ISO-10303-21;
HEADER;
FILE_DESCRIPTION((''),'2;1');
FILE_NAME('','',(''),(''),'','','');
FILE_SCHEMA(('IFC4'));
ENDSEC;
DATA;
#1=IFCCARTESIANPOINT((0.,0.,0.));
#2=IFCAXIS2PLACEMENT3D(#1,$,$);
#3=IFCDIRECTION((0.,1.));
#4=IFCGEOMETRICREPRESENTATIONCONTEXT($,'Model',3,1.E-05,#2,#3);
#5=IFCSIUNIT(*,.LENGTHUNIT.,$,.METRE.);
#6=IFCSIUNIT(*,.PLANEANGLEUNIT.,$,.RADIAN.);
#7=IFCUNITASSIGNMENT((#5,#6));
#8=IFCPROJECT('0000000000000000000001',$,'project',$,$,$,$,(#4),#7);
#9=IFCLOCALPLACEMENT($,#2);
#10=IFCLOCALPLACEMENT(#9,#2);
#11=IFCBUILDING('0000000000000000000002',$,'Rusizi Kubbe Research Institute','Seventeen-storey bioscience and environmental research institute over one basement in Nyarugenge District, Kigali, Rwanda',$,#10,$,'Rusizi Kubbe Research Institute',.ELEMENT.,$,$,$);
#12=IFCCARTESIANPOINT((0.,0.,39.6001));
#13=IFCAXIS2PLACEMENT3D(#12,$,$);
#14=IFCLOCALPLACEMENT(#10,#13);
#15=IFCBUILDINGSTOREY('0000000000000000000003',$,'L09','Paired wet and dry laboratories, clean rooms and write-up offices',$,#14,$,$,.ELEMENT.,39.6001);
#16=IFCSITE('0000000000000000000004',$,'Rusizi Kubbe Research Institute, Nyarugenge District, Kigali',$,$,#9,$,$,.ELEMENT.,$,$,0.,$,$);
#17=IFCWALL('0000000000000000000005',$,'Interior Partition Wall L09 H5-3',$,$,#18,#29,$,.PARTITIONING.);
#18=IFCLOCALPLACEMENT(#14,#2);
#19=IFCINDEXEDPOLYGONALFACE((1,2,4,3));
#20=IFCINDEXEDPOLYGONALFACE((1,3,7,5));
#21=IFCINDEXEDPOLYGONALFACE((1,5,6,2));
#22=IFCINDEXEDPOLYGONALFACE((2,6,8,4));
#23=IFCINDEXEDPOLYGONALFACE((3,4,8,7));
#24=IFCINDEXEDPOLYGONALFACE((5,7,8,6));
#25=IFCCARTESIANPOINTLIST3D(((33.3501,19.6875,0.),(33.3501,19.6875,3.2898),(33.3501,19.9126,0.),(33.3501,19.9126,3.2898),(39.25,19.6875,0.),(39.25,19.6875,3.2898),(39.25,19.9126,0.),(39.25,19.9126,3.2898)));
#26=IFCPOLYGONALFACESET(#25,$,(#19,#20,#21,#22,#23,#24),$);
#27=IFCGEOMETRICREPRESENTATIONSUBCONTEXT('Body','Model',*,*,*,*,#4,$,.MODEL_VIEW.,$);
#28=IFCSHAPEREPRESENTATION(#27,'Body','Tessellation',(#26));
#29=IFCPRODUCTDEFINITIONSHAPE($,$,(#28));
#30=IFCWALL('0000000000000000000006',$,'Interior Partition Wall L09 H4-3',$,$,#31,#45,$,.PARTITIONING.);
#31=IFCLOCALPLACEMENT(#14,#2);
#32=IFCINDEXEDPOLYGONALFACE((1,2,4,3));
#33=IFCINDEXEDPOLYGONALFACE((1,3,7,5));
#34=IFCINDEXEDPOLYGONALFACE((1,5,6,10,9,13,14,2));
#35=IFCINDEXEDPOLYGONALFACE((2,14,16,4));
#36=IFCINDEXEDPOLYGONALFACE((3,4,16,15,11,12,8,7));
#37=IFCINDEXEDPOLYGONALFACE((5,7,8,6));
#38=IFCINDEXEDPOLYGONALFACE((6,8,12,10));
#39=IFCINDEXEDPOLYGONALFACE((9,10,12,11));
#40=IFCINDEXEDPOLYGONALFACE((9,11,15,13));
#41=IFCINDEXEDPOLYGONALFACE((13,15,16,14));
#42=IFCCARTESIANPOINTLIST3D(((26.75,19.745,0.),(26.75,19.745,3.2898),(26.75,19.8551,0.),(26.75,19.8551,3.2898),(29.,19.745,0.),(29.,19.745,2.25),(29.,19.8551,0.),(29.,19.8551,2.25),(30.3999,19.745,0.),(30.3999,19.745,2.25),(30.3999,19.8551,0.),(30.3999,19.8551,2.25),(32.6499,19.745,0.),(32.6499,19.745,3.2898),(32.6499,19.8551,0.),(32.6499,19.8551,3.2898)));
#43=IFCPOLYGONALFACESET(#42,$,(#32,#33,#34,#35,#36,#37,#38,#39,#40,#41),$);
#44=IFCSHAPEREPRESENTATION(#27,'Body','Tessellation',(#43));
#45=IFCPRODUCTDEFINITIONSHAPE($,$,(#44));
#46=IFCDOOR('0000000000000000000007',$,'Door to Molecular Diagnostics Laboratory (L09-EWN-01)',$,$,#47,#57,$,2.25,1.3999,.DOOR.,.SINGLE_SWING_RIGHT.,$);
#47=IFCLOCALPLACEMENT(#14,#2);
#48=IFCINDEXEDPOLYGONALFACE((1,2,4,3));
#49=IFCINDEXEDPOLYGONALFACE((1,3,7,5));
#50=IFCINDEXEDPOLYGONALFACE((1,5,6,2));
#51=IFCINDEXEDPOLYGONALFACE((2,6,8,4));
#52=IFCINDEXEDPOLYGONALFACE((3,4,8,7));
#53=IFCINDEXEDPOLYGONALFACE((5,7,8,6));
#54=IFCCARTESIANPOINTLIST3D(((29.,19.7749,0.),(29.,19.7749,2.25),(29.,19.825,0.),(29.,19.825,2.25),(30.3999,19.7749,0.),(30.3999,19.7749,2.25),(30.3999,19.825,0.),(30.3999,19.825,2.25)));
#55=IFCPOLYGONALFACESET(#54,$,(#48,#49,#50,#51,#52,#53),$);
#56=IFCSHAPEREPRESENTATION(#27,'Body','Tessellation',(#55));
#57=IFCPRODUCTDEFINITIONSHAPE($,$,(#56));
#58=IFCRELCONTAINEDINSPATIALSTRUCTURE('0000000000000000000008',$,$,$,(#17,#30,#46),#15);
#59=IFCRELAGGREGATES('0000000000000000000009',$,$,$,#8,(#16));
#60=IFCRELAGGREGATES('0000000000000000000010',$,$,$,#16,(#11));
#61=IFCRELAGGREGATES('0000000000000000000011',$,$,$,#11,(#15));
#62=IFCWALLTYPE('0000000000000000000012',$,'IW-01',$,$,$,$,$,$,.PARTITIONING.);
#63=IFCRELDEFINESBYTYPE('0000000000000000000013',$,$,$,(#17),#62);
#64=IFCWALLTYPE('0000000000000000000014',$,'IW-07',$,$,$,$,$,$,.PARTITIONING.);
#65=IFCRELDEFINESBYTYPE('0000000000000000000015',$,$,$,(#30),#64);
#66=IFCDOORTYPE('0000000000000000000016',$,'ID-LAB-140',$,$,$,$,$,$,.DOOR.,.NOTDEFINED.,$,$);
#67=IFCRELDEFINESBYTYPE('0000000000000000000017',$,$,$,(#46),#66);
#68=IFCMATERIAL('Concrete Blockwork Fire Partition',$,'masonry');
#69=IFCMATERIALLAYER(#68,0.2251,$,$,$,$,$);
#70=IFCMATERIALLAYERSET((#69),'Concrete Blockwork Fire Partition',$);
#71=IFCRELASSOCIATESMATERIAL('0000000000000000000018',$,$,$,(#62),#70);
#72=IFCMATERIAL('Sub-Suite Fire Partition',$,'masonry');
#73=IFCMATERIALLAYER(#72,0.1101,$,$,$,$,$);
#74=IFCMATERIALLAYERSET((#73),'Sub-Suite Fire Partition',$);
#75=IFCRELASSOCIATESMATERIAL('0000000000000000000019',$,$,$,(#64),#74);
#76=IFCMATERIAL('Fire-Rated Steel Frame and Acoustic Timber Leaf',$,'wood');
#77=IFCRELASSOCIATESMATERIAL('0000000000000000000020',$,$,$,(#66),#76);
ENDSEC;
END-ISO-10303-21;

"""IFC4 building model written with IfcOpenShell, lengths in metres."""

from ifc_helpers import new_model, si_unit, direction, frame, frame_2d, origin, place, context, subcontext, project, spatial, rectangle, extrude, material, layer, layer_set, type_object, element, fill, save


model = new_model("IFC4")

# Units and contexts
model_context = context("Model", 3, precision=1e-05, world=origin(), true_north=direction((0.0, 1.0)))
body_context = subcontext(model_context, "Body", "Model", "MODEL_VIEW")
ifc_project = project(units=[si_unit("LENGTHUNIT", "METRE"), si_unit("PLANEANGLEUNIT", "RADIAN")], contexts=[model_context])

# Site, building, storey
site_placement = place(None, origin())
site = spatial("IfcSite", under=ifc_project, at=site_placement, Name="Rusizi Kubbe Research Institute, Nyarugenge District, Kigali", CompositionType="ELEMENT", RefElevation=0.0)
building_placement = place(site_placement, origin())
building = spatial("IfcBuilding", under=site, at=building_placement, Name="Rusizi Kubbe Research Institute", Description="Seventeen-storey bioscience and environmental research institute over one basement in Nyarugenge District, Kigali, Rwanda", LongName="Rusizi Kubbe Research Institute", CompositionType="ELEMENT")
storey_placement = place(building_placement, frame((0.0, 0.0, 39.6001)))
storey = spatial("IfcBuildingStorey", under=building, at=storey_placement, Name="L09", Description="Paired wet and dry laboratories, clean rooms and write-up offices", CompositionType="ELEMENT", Elevation=39.6001)

# Wall
ifc_material_1 = material(Name="Concrete Blockwork Fire Partition", Category="masonry")
ifc_layer_1 = layer(ifc_material_1, 0.2251)
ifc_layer_set_1 = layer_set([ifc_layer_1], Name="Concrete Blockwork Fire Partition")
wall_type_1 = type_object("IfcWallType", Name="IW-01", PredefinedType="PARTITIONING", material=ifc_layer_set_1)
wall_1_placement = place(storey_placement, frame((33.3501, 19.8, 0.0), z_axis=(0.0, 0.0, 1.0), x_axis=(1.0, 0.0, 0.0)))
element("IfcWall", 1, at=wall_1_placement, inside=storey, type_object=wall_type_1, Name="Interior Partition Wall L09 H5-3", PredefinedType="PARTITIONING", context=body_context, shape_type="SweptSolid", body=[
    extrude(rectangle(XDim=5.8999, YDim=0.2251, at=frame_2d((2.95, 0.0))), origin(), (0.0, 0.0, 1.0), 3.2898),
])

# Wall, opening, door
ifc_material_2 = material(Name="Sub-Suite Fire Partition", Category="masonry")
ifc_layer_2 = layer(ifc_material_2, 0.1101)
ifc_layer_set_2 = layer_set([ifc_layer_2], Name="Sub-Suite Fire Partition")
wall_type_2 = type_object("IfcWallType", Name="IW-07", PredefinedType="PARTITIONING", material=ifc_layer_set_2)
wall_2_placement = place(storey_placement, frame((26.75, 19.8, 0.0), z_axis=(0.0, 0.0, 1.0), x_axis=(1.0, 0.0, 0.0)))
wall_2 = element("IfcWall", 2, at=wall_2_placement, inside=storey, type_object=wall_type_2, Name="Interior Partition Wall L09 H4-3", PredefinedType="PARTITIONING", context=body_context, shape_type="SweptSolid", body=[
    extrude(rectangle(XDim=5.8999, YDim=0.1101, at=frame_2d((2.95, 0.0))), origin(), (0.0, 0.0, 1.0), 3.2898),
])
opening_placement = place(wall_2_placement, frame((2.25, 0.0, 0.0)))
opening = element("IfcOpeningElement", 3, at=opening_placement, cuts=wall_2, PredefinedType="OPENING", context=body_context, shape_type="SweptSolid", body=[
    extrude(rectangle(XDim=1.3999, YDim=2.25, at=frame_2d((0.7, 1.125))), frame((0.0, 0.0649, 0.0), z_axis=(0.0, -1.0, 0.0), x_axis=(1.0, 0.0, 0.0)), (0.0, 0.0, 1.0), 0.1301),
])
ifc_material_3 = material(Name="Fire-Rated Steel Frame and Acoustic Timber Leaf", Category="wood")
door_type = type_object("IfcDoorType", Name="ID-LAB-140", OperationType="NOTDEFINED", PredefinedType="DOOR", material=ifc_material_3)
door_placement = place(opening_placement, origin())
door = element("IfcDoor", 4, at=door_placement, inside=storey, type_object=door_type, Name="Door to Molecular Diagnostics Laboratory (L09-EWN-01)", OperationType="SINGLE_SWING_RIGHT", OverallHeight=2.25, OverallWidth=1.3999, PredefinedType="DOOR", context=body_context, shape_type="SweptSolid", body=[
    extrude(rectangle(XDim=1.3999, YDim=2.25, at=frame_2d((0.7, 1.125))), frame((0.0, 0.0249, 0.0), z_axis=(0.0, -1.0, 0.0), x_axis=(1.0, 0.0, 0.0)), (0.0, 0.0, 1.0), 0.05),
])
fill(opening, door)

save(model, "model.ifc")
